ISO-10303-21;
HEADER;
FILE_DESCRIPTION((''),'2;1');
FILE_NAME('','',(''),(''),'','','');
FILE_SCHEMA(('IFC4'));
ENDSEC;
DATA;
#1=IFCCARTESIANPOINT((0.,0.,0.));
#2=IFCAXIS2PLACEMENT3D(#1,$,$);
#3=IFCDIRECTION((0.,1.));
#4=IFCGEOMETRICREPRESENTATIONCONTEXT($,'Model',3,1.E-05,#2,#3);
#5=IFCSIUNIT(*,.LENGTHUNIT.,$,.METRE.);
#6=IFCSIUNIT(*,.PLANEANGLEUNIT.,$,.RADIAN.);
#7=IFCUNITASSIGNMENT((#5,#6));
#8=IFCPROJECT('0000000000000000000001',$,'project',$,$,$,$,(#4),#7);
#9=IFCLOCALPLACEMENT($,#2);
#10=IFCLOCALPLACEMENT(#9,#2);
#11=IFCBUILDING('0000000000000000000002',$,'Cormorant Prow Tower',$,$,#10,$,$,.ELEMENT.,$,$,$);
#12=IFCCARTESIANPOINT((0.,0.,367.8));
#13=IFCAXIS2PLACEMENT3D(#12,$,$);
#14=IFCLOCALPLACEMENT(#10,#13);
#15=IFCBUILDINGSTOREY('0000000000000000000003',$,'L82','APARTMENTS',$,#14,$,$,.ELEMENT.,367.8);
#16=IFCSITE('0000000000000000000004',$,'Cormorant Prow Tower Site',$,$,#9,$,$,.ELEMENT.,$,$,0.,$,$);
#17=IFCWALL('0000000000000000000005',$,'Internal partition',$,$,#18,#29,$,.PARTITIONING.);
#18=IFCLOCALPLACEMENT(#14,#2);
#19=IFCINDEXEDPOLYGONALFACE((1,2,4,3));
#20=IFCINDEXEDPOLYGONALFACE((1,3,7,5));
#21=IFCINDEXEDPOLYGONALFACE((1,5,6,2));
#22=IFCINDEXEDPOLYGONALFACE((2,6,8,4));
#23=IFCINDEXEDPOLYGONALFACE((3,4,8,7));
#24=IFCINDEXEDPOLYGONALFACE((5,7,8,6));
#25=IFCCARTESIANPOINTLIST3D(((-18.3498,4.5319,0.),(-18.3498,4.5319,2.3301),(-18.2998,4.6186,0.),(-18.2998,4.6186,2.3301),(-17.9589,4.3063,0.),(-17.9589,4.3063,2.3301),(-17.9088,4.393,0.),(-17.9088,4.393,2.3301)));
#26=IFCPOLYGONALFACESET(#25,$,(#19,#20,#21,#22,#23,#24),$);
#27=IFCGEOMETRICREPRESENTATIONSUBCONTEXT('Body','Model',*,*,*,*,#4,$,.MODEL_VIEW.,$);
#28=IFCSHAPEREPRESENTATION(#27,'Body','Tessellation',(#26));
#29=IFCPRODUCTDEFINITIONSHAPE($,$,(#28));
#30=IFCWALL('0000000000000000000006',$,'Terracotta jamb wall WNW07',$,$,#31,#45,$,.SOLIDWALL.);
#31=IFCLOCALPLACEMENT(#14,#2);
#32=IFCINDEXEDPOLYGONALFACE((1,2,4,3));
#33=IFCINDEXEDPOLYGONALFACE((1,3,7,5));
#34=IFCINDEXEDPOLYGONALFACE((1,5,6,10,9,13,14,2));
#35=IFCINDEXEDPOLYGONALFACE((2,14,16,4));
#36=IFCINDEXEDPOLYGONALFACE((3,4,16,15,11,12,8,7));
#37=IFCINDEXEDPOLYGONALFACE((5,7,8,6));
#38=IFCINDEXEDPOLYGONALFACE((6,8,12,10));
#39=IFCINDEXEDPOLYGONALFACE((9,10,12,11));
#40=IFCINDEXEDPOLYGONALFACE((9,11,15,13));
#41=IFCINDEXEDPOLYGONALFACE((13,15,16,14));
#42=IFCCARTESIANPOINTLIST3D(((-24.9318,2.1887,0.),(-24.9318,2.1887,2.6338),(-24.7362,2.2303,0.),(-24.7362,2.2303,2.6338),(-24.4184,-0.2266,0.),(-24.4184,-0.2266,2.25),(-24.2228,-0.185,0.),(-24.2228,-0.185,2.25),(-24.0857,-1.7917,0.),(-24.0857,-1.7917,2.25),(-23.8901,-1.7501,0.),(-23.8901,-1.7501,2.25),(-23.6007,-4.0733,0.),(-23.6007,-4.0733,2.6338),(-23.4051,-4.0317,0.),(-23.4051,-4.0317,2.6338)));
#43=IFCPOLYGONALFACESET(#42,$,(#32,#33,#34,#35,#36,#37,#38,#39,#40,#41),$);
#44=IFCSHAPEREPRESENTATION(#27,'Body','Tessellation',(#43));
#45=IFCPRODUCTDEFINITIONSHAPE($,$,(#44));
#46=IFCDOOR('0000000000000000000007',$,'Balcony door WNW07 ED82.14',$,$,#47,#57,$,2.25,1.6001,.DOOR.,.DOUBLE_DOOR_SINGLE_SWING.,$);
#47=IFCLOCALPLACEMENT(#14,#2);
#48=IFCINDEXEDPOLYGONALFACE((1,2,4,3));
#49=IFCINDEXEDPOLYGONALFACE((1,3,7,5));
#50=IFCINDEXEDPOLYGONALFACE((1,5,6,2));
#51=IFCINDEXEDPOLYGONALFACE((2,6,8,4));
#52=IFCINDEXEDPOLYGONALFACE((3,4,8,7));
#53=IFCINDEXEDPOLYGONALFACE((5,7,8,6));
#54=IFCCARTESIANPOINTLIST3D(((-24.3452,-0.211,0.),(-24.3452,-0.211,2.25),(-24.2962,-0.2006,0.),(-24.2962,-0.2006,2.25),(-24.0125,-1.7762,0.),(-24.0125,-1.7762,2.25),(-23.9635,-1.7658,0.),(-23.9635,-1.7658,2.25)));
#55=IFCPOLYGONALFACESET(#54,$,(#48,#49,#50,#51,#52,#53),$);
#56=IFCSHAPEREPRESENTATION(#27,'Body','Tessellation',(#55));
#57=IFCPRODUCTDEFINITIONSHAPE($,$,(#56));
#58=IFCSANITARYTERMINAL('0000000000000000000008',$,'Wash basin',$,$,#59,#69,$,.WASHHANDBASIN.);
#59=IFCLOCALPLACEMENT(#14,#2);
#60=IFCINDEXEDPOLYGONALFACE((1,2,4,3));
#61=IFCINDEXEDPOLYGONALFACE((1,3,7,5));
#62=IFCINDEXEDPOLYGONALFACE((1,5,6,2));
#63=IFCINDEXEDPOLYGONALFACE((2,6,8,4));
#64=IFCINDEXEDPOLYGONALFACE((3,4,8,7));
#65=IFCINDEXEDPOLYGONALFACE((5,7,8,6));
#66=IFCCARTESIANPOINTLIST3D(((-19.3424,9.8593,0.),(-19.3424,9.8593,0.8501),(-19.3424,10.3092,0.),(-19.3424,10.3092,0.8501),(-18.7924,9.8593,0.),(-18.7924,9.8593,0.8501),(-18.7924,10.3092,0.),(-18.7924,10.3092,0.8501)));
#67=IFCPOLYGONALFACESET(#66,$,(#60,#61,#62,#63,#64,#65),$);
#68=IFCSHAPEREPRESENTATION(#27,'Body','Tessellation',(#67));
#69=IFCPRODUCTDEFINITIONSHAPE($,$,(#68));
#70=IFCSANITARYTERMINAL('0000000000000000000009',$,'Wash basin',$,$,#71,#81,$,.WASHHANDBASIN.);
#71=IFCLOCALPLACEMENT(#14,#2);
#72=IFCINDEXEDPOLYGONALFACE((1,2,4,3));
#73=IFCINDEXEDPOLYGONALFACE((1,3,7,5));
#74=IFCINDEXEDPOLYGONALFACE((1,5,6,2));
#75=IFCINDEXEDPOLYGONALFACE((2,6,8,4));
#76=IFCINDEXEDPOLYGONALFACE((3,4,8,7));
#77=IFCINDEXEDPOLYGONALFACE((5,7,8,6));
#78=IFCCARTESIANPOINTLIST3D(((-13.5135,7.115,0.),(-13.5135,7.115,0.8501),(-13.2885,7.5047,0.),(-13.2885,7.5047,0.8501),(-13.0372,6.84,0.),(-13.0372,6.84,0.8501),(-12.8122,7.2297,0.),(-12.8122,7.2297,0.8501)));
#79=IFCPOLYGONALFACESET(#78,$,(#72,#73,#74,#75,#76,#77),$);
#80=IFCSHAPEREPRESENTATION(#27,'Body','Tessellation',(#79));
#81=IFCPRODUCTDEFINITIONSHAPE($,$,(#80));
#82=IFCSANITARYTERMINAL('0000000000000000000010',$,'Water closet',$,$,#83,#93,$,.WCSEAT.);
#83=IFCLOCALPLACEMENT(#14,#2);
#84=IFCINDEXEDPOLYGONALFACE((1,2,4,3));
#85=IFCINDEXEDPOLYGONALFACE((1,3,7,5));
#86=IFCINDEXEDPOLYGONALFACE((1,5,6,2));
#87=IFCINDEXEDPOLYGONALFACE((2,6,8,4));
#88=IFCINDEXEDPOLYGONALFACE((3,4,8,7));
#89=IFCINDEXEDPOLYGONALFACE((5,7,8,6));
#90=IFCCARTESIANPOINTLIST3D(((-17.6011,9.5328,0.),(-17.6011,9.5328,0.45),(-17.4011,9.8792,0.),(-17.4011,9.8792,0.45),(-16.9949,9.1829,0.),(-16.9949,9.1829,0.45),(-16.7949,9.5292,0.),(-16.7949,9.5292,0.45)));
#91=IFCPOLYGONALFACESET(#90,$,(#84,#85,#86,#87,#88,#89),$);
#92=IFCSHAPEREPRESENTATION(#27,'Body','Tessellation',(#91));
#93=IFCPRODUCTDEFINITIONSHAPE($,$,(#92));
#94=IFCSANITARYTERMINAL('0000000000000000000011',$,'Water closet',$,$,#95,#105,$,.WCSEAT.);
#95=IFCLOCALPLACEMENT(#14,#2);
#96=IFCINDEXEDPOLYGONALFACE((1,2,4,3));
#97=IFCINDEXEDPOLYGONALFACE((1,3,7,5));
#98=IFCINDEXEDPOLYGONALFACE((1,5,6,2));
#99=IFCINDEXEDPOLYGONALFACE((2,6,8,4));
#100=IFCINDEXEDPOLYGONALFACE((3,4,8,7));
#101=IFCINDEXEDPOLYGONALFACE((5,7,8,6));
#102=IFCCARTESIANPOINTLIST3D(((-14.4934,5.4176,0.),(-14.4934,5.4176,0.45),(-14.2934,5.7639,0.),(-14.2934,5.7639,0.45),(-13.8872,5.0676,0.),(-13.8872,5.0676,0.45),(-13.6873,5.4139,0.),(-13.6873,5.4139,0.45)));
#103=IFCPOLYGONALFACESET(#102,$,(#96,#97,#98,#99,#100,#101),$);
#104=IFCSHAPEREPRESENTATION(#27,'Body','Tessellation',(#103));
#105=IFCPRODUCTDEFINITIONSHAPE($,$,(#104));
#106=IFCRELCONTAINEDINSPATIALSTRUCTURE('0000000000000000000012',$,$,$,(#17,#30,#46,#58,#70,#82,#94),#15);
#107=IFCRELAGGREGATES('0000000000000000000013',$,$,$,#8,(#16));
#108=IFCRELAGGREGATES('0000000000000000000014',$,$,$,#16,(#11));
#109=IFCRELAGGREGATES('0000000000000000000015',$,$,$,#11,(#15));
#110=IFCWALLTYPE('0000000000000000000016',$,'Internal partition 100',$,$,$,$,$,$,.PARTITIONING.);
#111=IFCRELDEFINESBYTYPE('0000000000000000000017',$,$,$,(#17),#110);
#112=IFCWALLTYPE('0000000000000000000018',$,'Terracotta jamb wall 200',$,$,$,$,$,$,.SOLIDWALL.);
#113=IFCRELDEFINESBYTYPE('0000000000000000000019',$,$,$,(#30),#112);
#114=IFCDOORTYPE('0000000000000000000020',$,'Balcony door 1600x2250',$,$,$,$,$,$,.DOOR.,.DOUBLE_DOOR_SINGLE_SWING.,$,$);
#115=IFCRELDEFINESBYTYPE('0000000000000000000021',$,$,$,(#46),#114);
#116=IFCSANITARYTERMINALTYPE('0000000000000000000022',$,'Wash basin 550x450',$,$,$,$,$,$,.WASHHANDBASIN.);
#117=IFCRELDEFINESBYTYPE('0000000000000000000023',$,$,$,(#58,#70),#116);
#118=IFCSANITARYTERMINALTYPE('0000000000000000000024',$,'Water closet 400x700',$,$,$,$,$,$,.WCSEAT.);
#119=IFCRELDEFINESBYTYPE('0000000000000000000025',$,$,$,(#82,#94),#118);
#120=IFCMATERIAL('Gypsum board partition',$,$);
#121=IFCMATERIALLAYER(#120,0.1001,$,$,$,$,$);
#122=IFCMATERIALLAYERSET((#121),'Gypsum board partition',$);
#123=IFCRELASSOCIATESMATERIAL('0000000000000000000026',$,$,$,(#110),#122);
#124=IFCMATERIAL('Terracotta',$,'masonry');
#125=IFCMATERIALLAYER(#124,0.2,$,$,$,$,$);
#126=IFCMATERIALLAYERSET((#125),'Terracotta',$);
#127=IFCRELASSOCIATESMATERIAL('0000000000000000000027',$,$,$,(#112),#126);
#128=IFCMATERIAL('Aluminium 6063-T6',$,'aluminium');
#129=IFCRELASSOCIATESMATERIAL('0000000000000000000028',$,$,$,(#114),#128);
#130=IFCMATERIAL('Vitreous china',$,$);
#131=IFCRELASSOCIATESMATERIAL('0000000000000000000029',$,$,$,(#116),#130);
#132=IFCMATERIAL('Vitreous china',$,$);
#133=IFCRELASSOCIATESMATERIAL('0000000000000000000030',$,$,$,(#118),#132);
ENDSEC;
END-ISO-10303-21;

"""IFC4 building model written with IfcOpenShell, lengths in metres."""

from ifc_helpers import new_model, si_unit, direction, frame, frame_2d, origin, origin_2d, place, context, subcontext, project, spatial, rectangle, extrude, material, layer, layer_set, type_object, element, fill, save


model = new_model("IFC4")

# Units and contexts
model_context = context("Model", 3, precision=1e-05, world=origin(), true_north=direction((0.0, 1.0)))
body_context = subcontext(model_context, "Body", "Model", "MODEL_VIEW")
ifc_project = project(units=[si_unit("LENGTHUNIT", "METRE"), si_unit("PLANEANGLEUNIT", "RADIAN")], contexts=[model_context])

# Site, building, storey
site_placement = place(None, origin())
site = spatial("IfcSite", under=ifc_project, at=site_placement, Name="Cormorant Prow Tower Site", CompositionType="ELEMENT", RefElevation=0.0)
building_placement = place(site_placement, origin())
building = spatial("IfcBuilding", under=site, at=building_placement, Name="Cormorant Prow Tower", CompositionType="ELEMENT")
storey_placement = place(building_placement, frame((0.0, 0.0, 367.8)))
storey = spatial("IfcBuildingStorey", under=building, at=storey_placement, Name="L82", Description="APARTMENTS", CompositionType="ELEMENT", Elevation=367.8)

# Shared definitions
ifc_material_1 = material(Name="Gypsum board partition")
ifc_layer_1 = layer(ifc_material_1, 0.1001)
ifc_layer_set_1 = layer_set([ifc_layer_1], Name="Gypsum board partition")
wall_type_1 = type_object("IfcWallType", Name="Internal partition 100", PredefinedType="PARTITIONING", material=ifc_layer_set_1)

# Wall
for number, where, z_axis, x_axis, name in (
    (1, (-18.3247, 4.5752, 0.0), (0.0, 0.0, 1.0), (0.866105, -0.499863, 0.0), "Internal partition"),
):
    element("IfcWall", number, at=place(storey_placement, frame(where, z_axis=z_axis, x_axis=x_axis)), inside=storey, type_object=wall_type_1, Name=name, PredefinedType="PARTITIONING", context=body_context, shape_type="SweptSolid", body=[
        extrude(rectangle(XDim=0.4514, YDim=0.1001, at=frame_2d((0.2256, 0.0))), origin(), (0.0, 0.0, 1.0), 2.3301),
    ])

# Wall, opening, door
ifc_material_2 = material(Name="Terracotta", Category="masonry")
ifc_layer_2 = layer(ifc_material_2, 0.2)
ifc_layer_set_2 = layer_set([ifc_layer_2], Name="Terracotta")
wall_type_2 = type_object("IfcWallType", Name="Terracotta jamb wall 200", PredefinedType="SOLIDWALL", material=ifc_layer_set_2)
wall_1_placement = place(storey_placement, frame((-24.834, 2.2095, 0.0), z_axis=(0.0, 0.0, 1.0), x_axis=(0.207917, -0.978147, 0.0)))
wall_1 = element("IfcWall", 2, at=wall_1_placement, inside=storey, type_object=wall_type_2, Name="Terracotta jamb wall WNW07", PredefinedType="SOLIDWALL", context=body_context, shape_type="SweptSolid", body=[
    extrude(rectangle(XDim=6.4019, YDim=0.2, at=frame_2d((3.2009, 0.0))), origin(), (0.0, 0.0, 1.0), 2.6338),
])
opening_1_placement = place(wall_1_placement, frame((2.4692, 0.0, 0.0)))
opening_1 = element("IfcOpeningElement", 3, at=opening_1_placement, cuts=wall_1, PredefinedType="OPENING", context=body_context, shape_type="SweptSolid", body=[
    extrude(rectangle(XDim=1.6001, YDim=2.25, at=frame_2d((0.8, 1.125))), frame((0.0, 0.1099, 0.0), z_axis=(0.0, -1.0, 0.0), x_axis=(1.0, 0.0, 0.0)), (0.0, 0.0, 1.0), 0.22),
])
ifc_material_3 = material(Name="Aluminium 6063-T6", Category="aluminium")
door_type_1 = type_object("IfcDoorType", Name="Balcony door 1600x2250", OperationType="DOUBLE_DOOR_SINGLE_SWING", PredefinedType="DOOR", material=ifc_material_3)
door_1_placement = place(opening_1_placement, origin())
door_1 = element("IfcDoor", 4, at=door_1_placement, inside=storey, type_object=door_type_1, Name="Balcony door WNW07 ED82.14", OperationType="DOUBLE_DOOR_SINGLE_SWING", OverallHeight=2.25, OverallWidth=1.6001, PredefinedType="DOOR", context=body_context, shape_type="SweptSolid", body=[
    extrude(rectangle(XDim=1.6001, YDim=2.25, at=frame_2d((0.8, 1.125))), frame((0.0, 0.0249, 0.0), z_axis=(0.0, -1.0, 0.0), x_axis=(1.0, 0.0, 0.0)), (0.0, 0.0, 1.0), 0.05),
])
fill(opening_1, door_1)

# Sanitary terminals
ifc_material_4 = material(Name="Vitreous china")
sanitary_terminal_type_1 = type_object("IfcSanitaryTerminalType", Name="Wash basin 550x450", PredefinedType="WASHHANDBASIN", material=ifc_material_4)
for number, where, z_axis, x_axis, name in (
    (5, (-19.0674, 10.0842, 0.0), (0.0, 0.0, 1.0), (1.0, 0.0, 0.0), "Wash basin"),
    (6, (-13.1628, 7.1724, 0.0), (0.0, 0.0, 1.0), (0.866025, -0.5, 0.0), "Wash basin"),
):
    element("IfcSanitaryTerminal", number, at=place(storey_placement, frame(where, z_axis=z_axis, x_axis=x_axis)), inside=storey, type_object=sanitary_terminal_type_1, Name=name, PredefinedType="WASHHANDBASIN", context=body_context, shape_type="SweptSolid", body=[
        extrude(rectangle(XDim=0.55, YDim=0.45, at=origin_2d()), origin(), (0.0, 0.0, 1.0), 0.8501),
    ])
ifc_material_5 = material(Name="Vitreous china")
sanitary_terminal_type_2 = type_object("IfcSanitaryTerminalType", Name="Water closet 400x700", PredefinedType="WCSEAT", material=ifc_material_5)
for number, where, z_axis, x_axis, name in (
    (7, (-17.198, 9.531, 0.0), (0.0, 0.0, 1.0), (-0.5, -0.866025, 0.0), "Water closet"),
    (8, (-14.0903, 5.4158, 0.0), (0.0, 0.0, 1.0), (0.5, 0.866025, 0.0), "Water closet"),
):
    element("IfcSanitaryTerminal", number, at=place(storey_placement, frame(where, z_axis=z_axis, x_axis=x_axis)), inside=storey, type_object=sanitary_terminal_type_2, Name=name, PredefinedType="WCSEAT", context=body_context, shape_type="SweptSolid", body=[
        extrude(rectangle(XDim=0.3999, YDim=0.7, at=origin_2d()), origin(), (0.0, 0.0, 1.0), 0.45),
    ])

save(model, "model.ifc")
